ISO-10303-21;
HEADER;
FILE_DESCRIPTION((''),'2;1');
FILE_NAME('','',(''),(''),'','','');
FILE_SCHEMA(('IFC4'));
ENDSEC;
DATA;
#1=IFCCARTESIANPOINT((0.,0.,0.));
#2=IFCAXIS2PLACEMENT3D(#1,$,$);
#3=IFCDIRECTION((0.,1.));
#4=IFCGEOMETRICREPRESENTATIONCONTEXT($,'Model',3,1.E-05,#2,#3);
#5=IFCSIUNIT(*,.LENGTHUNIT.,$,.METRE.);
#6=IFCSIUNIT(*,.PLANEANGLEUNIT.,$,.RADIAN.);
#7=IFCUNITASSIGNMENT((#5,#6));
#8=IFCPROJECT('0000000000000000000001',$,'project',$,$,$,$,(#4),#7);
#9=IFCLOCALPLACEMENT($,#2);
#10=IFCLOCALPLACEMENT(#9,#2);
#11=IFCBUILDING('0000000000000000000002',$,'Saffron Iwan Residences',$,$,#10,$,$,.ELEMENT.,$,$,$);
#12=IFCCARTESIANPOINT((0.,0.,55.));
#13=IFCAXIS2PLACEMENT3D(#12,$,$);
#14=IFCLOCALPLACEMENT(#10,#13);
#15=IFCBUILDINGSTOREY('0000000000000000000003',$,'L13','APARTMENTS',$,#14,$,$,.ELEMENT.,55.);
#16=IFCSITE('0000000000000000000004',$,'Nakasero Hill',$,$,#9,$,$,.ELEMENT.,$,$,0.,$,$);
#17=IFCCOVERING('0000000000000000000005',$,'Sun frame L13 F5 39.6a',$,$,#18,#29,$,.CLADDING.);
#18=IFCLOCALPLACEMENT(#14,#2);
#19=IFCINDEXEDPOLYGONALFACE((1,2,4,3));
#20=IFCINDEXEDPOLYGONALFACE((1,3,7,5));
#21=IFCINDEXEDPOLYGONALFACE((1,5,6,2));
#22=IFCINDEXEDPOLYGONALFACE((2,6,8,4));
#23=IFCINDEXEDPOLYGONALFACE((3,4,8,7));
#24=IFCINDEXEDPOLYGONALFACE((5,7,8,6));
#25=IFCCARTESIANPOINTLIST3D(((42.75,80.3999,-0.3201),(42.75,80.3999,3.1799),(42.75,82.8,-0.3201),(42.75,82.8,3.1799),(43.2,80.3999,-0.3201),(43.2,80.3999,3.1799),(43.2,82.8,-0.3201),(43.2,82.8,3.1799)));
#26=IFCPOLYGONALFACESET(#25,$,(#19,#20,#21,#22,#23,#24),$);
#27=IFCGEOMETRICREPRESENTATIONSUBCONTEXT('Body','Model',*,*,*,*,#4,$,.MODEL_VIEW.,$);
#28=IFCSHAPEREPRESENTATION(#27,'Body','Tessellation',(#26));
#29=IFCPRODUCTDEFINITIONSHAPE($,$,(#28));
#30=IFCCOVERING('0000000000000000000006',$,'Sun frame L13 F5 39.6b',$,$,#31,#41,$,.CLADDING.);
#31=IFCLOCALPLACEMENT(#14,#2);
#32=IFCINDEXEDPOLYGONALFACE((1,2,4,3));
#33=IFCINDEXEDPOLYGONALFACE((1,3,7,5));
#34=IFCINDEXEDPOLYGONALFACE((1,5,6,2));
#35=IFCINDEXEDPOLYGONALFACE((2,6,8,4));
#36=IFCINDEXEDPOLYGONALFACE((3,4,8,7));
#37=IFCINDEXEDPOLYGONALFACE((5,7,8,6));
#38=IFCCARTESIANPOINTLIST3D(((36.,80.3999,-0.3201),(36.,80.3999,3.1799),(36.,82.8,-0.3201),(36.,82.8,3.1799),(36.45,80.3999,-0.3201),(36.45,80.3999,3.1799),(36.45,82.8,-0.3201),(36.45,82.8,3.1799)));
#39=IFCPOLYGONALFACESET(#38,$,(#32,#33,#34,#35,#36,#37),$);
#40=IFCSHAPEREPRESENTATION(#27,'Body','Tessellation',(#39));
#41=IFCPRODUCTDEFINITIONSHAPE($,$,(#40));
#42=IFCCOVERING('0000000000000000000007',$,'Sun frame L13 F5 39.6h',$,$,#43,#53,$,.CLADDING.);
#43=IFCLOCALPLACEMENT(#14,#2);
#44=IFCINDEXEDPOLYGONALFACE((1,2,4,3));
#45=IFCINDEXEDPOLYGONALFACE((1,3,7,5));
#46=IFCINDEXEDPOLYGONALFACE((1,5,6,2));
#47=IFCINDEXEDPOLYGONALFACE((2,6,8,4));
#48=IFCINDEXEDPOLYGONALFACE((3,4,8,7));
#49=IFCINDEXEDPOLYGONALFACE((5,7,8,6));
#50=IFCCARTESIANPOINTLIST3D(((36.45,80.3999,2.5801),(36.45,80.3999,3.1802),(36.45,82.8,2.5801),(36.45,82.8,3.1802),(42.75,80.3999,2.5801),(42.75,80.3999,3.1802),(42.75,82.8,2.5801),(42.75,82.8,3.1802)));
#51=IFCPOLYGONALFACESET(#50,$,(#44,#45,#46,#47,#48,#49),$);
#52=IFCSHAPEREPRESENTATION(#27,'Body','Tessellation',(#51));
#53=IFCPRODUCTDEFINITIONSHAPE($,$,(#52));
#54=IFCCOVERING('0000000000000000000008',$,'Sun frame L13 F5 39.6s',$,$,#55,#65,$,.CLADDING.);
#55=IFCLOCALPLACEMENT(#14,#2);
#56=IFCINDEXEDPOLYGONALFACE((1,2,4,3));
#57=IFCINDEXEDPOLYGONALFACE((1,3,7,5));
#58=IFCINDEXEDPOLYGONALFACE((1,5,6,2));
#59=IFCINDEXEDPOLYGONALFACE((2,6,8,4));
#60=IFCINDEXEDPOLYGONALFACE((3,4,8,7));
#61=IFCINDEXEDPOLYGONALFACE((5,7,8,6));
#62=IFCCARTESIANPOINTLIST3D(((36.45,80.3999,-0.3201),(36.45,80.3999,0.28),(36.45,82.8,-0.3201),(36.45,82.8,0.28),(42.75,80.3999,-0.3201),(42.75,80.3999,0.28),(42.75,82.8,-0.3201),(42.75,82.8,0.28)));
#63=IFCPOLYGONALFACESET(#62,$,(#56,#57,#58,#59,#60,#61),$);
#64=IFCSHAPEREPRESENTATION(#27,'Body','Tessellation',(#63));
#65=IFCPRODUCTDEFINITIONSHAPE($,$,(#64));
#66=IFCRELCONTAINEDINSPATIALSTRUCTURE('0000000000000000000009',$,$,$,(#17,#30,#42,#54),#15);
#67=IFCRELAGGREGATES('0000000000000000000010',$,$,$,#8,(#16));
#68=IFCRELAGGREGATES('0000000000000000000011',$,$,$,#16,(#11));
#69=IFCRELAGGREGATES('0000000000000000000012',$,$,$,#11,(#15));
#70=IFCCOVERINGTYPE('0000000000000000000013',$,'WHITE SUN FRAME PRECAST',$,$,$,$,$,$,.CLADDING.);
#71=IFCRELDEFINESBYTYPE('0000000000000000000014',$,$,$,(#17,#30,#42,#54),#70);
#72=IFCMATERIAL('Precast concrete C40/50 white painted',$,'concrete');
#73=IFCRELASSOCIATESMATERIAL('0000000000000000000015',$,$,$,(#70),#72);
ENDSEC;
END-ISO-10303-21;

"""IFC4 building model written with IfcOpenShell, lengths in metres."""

from ifc_helpers import new_model, si_unit, direction, frame, origin, place, context, subcontext, project, spatial, polyline, outline, extrude, material, type_object, element, save


model = new_model("IFC4")

# Units and contexts
model_context = context("Model", 3, precision=1e-05, world=origin(), true_north=direction((0.0, 1.0)))
body_context = subcontext(model_context, "Body", "Model", "MODEL_VIEW")
ifc_project = project(units=[si_unit("LENGTHUNIT", "METRE"), si_unit("PLANEANGLEUNIT", "RADIAN")], contexts=[model_context])

# Site, building, storey
site_placement = place(None, origin())
site = spatial("IfcSite", under=ifc_project, at=site_placement, Name="Nakasero Hill", CompositionType="ELEMENT", RefElevation=0.0)
building_placement = place(site_placement, origin())
building = spatial("IfcBuilding", under=site, at=building_placement, Name="Saffron Iwan Residences", CompositionType="ELEMENT")
storey_placement = place(building_placement, frame((0.0, 0.0, 55.0)))
storey = spatial("IfcBuildingStorey", under=building, at=storey_placement, Name="L13", Description="APARTMENTS", CompositionType="ELEMENT", Elevation=55.0)

# Coverings
ifc_material_1 = material(Name="Precast concrete C40/50 white painted", Category="concrete")
covering_type = type_object("IfcCoveringType", Name="WHITE SUN FRAME PRECAST", PredefinedType="CLADDING", material=ifc_material_1)
for number, where, z_axis, x_axis, name in (
    (1, (43.2, 80.3999, -0.3201), (0.0, 1.0, 0.0), (-1.0, 0.0, 0.0), "Sun frame L13 F5 39.6a"),
    (2, (36.45, 80.3999, -0.3201), (0.0, 1.0, 0.0), (-1.0, 0.0, 0.0), "Sun frame L13 F5 39.6b"),
):
    element("IfcCovering", number, at=place(storey_placement, frame(where, z_axis=z_axis, x_axis=x_axis)), inside=storey, type_object=covering_type, Name=name, PredefinedType="CLADDING", context=body_context, shape_type="SweptSolid", body=[
        extrude(outline(polyline([(0.0, 0.0), (0.45, 0.0), (0.45, 3.5), (0.0, 3.5), (0.0, 0.0)])), origin(), (0.0, 0.0, 1.0), 2.4001),
    ])
for number, where, z_axis, x_axis, name in (
    (3, (42.75, 80.3999, 2.5801), (0.0, 1.0, 0.0), (-1.0, 0.0, 0.0), "Sun frame L13 F5 39.6h"),
    (4, (42.75, 80.3999, -0.3201), (0.0, 1.0, 0.0), (-1.0, 0.0, 0.0), "Sun frame L13 F5 39.6s"),
):
    element("IfcCovering", number, at=place(storey_placement, frame(where, z_axis=z_axis, x_axis=x_axis)), inside=storey, type_object=covering_type, Name=name, PredefinedType="CLADDING", context=body_context, shape_type="SweptSolid", body=[
        extrude(outline(polyline([(0.0, 0.0), (6.3, 0.0), (6.3, 0.6001), (0.0, 0.6001), (0.0, 0.0)])), origin(), (0.0, 0.0, 1.0), 2.4001),
    ])

save(model, "model.ifc")
